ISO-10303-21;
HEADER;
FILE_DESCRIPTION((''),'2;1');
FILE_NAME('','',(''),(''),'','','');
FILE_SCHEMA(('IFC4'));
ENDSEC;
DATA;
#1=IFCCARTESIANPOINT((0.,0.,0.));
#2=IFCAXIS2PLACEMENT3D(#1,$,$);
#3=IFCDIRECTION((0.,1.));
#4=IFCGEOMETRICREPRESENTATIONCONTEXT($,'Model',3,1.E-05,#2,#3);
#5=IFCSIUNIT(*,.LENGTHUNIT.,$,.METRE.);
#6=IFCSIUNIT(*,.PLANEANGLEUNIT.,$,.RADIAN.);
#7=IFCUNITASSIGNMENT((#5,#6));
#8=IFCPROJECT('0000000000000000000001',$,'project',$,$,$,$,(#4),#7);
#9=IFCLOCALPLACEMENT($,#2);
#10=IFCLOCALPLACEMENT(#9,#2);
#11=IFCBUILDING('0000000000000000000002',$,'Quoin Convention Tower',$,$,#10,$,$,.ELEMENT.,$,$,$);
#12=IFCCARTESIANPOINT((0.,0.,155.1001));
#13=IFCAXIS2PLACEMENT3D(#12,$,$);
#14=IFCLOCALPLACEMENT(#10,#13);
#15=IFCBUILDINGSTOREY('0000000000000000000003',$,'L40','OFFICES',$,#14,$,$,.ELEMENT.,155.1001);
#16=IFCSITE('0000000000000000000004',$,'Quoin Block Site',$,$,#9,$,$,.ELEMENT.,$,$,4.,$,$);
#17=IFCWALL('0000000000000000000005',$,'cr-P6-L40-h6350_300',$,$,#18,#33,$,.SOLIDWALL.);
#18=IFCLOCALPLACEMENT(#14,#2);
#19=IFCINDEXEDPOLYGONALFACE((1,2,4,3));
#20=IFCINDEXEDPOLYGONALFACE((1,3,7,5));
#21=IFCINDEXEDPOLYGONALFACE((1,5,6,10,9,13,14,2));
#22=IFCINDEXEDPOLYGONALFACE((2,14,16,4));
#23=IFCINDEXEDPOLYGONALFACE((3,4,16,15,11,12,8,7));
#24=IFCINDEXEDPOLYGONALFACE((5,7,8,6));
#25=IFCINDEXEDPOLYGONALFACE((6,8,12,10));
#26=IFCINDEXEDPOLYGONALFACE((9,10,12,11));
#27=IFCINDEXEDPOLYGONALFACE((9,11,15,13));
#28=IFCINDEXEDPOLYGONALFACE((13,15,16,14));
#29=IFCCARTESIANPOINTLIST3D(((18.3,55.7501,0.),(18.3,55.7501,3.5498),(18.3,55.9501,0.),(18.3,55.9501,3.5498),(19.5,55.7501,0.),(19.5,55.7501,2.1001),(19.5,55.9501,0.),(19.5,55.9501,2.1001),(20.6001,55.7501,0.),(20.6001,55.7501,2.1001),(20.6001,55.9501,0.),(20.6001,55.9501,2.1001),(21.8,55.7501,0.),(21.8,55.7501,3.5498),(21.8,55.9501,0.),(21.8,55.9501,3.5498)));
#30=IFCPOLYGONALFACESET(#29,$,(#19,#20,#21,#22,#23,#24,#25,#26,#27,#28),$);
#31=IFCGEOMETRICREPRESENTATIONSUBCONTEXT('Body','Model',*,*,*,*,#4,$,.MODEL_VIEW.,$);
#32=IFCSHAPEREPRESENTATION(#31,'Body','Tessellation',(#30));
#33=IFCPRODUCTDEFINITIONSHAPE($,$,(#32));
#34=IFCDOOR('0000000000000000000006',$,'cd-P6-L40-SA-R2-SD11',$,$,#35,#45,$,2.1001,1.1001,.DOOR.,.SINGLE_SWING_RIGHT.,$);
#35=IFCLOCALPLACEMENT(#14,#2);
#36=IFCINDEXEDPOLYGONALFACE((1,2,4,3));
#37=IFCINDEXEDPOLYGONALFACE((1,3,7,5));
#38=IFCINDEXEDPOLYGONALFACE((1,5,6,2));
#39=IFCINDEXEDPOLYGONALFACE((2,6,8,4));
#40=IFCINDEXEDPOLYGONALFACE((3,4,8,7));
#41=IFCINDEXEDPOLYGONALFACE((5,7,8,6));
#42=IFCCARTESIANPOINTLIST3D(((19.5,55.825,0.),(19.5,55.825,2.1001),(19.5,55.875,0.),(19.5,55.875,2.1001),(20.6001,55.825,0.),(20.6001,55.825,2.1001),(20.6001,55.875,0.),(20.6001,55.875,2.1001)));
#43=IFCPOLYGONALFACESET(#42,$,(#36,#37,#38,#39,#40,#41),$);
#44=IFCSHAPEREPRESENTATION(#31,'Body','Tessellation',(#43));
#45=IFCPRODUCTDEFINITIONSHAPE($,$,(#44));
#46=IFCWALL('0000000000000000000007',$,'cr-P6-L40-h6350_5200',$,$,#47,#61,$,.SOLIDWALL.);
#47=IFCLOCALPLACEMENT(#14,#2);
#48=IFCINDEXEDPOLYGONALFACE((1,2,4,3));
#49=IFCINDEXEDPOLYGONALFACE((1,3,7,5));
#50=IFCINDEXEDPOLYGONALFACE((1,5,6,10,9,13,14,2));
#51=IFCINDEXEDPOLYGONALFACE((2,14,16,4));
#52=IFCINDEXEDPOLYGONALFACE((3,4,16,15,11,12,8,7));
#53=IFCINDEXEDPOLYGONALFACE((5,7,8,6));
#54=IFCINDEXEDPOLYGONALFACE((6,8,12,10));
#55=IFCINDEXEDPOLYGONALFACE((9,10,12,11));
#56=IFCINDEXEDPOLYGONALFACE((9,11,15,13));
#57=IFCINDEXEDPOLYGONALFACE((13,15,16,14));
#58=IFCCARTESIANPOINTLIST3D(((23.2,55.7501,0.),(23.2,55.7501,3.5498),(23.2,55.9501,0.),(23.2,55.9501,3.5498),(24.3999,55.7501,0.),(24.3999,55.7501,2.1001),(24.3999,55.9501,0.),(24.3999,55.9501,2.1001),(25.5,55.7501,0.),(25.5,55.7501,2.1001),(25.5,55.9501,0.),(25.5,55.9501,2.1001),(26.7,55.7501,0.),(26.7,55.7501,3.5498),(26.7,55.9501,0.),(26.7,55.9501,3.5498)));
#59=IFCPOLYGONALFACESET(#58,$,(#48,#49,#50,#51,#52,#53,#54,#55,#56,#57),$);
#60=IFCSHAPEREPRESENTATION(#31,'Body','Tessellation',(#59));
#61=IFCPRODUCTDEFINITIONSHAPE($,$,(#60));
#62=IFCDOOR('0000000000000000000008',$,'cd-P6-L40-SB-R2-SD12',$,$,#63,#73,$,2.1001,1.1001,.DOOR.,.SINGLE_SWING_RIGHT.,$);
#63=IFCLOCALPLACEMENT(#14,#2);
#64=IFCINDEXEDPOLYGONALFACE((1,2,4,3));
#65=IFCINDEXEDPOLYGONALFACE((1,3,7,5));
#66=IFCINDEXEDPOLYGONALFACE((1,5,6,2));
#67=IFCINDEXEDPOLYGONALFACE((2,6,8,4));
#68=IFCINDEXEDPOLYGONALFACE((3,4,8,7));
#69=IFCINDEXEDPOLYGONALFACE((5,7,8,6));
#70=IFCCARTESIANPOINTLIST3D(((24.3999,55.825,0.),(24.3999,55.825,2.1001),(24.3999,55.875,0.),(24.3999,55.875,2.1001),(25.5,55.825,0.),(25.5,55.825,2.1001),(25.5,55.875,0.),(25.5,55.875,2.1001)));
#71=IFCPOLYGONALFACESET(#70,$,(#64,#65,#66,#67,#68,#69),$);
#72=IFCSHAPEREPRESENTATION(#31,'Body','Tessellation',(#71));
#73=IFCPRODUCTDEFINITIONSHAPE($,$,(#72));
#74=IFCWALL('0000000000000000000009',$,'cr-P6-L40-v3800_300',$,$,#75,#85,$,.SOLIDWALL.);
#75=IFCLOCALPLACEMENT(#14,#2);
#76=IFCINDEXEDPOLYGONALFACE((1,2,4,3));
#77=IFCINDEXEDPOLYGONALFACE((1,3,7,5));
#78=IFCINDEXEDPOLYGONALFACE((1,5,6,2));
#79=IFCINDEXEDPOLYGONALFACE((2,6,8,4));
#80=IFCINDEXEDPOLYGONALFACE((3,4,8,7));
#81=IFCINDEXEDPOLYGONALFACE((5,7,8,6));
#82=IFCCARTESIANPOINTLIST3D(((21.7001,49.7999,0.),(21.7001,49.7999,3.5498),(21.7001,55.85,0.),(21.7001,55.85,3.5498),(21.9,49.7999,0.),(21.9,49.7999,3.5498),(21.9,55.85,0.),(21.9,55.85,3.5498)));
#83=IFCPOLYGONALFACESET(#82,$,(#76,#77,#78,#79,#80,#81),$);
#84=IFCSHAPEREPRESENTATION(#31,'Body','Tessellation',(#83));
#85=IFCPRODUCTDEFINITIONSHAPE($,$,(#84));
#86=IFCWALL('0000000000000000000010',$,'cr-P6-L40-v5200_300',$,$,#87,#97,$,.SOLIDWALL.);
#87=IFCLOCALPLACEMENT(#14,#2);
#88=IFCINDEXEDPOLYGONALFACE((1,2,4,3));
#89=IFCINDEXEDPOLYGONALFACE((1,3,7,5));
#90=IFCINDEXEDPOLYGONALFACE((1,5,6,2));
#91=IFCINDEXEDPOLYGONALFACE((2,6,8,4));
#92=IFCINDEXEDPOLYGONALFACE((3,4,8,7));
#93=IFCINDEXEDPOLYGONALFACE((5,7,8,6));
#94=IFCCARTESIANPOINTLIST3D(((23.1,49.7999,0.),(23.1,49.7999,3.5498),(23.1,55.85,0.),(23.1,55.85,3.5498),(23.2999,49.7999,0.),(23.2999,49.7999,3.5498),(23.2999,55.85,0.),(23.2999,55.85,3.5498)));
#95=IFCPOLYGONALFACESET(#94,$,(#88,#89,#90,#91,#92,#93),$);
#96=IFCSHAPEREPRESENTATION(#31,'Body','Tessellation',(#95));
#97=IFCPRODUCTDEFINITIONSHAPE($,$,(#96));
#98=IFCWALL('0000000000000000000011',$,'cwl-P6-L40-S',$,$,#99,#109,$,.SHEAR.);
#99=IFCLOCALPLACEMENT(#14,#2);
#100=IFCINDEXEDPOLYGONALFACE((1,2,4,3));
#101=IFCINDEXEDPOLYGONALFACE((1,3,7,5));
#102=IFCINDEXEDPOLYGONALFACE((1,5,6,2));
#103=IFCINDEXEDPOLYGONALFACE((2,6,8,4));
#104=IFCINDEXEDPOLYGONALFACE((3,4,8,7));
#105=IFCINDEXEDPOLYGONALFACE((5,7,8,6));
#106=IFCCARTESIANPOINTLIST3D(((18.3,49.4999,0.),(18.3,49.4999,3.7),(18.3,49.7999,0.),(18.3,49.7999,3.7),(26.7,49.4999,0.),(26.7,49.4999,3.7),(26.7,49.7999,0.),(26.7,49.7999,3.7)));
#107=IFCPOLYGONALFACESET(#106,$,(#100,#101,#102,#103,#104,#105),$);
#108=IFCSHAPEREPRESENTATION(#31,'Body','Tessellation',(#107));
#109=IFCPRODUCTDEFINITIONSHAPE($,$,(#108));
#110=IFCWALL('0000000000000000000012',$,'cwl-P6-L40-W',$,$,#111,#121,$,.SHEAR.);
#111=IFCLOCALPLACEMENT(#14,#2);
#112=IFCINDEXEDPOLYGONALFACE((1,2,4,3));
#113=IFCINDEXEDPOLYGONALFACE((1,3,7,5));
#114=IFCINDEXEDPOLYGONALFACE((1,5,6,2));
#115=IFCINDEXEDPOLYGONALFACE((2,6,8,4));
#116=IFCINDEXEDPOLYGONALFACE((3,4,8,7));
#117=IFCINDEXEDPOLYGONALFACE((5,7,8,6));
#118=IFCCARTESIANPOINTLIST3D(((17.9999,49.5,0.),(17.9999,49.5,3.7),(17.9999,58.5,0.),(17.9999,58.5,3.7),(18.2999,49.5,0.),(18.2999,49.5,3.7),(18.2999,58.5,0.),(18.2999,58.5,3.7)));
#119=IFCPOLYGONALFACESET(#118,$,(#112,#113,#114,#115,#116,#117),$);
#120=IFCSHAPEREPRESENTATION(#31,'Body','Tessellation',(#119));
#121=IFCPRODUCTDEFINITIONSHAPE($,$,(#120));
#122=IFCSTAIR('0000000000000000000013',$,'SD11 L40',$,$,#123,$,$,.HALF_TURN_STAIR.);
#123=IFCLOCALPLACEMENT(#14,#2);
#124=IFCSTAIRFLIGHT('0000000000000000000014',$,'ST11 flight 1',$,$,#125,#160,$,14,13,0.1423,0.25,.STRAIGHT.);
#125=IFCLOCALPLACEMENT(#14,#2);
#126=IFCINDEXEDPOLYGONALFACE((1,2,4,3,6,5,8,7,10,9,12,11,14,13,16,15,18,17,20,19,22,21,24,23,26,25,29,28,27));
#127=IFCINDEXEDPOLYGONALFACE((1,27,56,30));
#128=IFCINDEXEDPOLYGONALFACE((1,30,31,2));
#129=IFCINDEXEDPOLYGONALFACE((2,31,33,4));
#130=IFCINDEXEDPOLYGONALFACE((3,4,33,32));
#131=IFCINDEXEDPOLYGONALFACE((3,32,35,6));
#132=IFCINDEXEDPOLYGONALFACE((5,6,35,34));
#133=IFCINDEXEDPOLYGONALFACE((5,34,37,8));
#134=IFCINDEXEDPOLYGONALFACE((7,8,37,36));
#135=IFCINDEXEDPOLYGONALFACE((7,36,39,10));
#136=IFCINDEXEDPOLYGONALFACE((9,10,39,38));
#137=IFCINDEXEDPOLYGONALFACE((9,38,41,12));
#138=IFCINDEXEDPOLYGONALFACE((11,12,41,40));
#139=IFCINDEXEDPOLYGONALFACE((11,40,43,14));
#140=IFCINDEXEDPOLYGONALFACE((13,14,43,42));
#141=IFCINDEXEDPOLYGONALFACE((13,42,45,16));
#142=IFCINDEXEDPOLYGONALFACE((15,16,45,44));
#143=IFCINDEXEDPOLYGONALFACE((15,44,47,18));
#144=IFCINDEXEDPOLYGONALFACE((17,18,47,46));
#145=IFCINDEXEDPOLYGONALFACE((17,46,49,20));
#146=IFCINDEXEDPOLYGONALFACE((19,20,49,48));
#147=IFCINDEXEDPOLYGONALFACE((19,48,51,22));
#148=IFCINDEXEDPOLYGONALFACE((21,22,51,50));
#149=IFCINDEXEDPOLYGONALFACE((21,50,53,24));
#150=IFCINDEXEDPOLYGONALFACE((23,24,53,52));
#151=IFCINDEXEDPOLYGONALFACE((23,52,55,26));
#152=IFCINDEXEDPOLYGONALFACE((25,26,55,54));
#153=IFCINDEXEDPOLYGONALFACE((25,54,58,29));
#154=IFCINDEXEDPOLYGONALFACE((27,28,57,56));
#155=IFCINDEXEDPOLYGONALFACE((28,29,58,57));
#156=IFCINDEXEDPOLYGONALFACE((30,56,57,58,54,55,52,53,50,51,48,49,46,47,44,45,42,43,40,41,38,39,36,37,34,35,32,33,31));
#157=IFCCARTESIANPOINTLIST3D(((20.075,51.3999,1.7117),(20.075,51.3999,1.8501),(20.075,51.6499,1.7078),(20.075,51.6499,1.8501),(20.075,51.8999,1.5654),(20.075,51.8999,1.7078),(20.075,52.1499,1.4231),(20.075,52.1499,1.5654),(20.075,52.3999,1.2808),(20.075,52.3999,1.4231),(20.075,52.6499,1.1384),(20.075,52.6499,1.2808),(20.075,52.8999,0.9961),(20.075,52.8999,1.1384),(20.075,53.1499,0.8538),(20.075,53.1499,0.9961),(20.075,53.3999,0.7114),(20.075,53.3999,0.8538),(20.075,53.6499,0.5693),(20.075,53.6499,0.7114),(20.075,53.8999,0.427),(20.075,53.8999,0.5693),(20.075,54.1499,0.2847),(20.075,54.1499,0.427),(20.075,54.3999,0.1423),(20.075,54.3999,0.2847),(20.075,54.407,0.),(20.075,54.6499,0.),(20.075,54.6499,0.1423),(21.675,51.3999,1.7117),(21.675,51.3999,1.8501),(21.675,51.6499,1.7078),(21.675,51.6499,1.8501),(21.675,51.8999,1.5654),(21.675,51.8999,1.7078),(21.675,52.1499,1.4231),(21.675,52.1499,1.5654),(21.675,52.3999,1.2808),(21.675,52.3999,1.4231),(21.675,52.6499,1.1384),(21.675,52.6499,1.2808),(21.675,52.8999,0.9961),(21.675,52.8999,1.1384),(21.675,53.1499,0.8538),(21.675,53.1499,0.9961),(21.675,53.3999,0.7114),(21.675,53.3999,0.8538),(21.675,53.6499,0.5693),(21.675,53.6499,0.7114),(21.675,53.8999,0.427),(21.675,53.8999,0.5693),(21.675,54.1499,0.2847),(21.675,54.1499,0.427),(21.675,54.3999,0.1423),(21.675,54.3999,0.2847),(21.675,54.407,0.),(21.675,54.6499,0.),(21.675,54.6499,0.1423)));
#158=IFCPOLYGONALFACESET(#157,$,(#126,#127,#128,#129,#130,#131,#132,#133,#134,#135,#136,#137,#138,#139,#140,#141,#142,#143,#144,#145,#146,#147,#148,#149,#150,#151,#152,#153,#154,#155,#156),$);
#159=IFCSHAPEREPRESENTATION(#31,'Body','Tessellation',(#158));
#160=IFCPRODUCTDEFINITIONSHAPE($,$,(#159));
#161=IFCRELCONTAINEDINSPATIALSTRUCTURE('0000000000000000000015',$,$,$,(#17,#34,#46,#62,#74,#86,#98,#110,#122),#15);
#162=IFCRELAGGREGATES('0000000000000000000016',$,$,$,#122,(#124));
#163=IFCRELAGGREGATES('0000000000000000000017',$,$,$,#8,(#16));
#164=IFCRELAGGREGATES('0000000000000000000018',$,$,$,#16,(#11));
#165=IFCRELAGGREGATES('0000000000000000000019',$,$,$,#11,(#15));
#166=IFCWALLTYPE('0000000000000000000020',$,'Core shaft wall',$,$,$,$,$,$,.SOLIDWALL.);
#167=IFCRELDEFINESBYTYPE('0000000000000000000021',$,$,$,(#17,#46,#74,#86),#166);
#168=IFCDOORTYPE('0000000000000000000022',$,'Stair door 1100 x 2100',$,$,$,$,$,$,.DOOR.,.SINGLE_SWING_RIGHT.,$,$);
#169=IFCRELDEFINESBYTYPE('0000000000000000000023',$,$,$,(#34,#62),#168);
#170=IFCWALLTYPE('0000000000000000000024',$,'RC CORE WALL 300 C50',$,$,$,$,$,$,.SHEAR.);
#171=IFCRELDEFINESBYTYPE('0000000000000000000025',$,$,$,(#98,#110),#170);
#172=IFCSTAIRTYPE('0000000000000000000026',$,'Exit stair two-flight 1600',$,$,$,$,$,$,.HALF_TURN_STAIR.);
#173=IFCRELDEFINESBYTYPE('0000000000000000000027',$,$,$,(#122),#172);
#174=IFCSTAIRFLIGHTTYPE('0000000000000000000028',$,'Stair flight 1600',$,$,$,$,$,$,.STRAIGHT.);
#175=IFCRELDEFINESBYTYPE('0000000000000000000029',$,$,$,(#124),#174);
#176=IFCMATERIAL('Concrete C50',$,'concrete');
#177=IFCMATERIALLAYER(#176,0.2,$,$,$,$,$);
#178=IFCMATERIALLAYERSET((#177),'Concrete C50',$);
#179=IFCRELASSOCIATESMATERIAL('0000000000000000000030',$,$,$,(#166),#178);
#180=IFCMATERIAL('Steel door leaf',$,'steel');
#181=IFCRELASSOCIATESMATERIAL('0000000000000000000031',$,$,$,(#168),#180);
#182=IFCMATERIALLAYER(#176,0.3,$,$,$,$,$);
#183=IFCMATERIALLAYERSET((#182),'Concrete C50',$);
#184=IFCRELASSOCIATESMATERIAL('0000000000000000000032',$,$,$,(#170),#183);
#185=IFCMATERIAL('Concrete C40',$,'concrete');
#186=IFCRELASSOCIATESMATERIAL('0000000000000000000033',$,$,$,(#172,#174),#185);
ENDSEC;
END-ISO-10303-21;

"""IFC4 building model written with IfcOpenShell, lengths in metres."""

from ifc_helpers import new_model, si_unit, direction, frame, frame_2d, origin, place, context, subcontext, project, spatial, polyline, rectangle, outline, extrude, material, layer, layer_set, type_object, element, fill, aggregate, save


model = new_model("IFC4")

# Units and contexts
model_context = context("Model", 3, precision=1e-05, world=origin(), true_north=direction((0.0, 1.0)))
body_context = subcontext(model_context, "Body", "Model", "MODEL_VIEW")
ifc_project = project(units=[si_unit("LENGTHUNIT", "METRE"), si_unit("PLANEANGLEUNIT", "RADIAN")], contexts=[model_context])

# Site, building, storey
site_placement = place(None, origin())
site = spatial("IfcSite", under=ifc_project, at=site_placement, Name="Quoin Block Site", CompositionType="ELEMENT", RefElevation=4.0)
building_placement = place(site_placement, origin())
building = spatial("IfcBuilding", under=site, at=building_placement, Name="Quoin Convention Tower", CompositionType="ELEMENT")
storey_placement = place(building_placement, frame((0.0, 0.0, 155.1001)))
storey = spatial("IfcBuildingStorey", under=building, at=storey_placement, Name="L40", Description="OFFICES", CompositionType="ELEMENT", Elevation=155.1001)

# Shared definitions
ifc_material_1 = material(Name="Concrete C50", Category="concrete")

# Shared definitions
ifc_layer_1 = layer(ifc_material_1, 0.2)
ifc_layer_set_1 = layer_set([ifc_layer_1], Name="Concrete C50")
wall_type_1 = type_object("IfcWallType", Name="Core shaft wall", PredefinedType="SOLIDWALL", material=ifc_layer_set_1)

# Walls, openings, doors
wall_1_placement = place(storey_placement, frame((18.3, 55.8501, 0.0), z_axis=(0.0, 0.0, 1.0), x_axis=(1.0, 0.0, 0.0)))
wall_1 = element("IfcWall", 1, at=wall_1_placement, inside=storey, type_object=wall_type_1, Name="cr-P6-L40-h6350_300", PredefinedType="SOLIDWALL", context=body_context, shape_type="SweptSolid", body=[
    extrude(rectangle(XDim=3.5, YDim=0.2, at=frame_2d((1.75, 0.0))), origin(), (0.0, 0.0, 1.0), 3.5498),
])
opening_1_placement = place(wall_1_placement, frame((1.2, 0.0, 0.0)))
opening_1 = element("IfcOpeningElement", 2, at=opening_1_placement, cuts=wall_1, PredefinedType="OPENING", context=body_context, shape_type="SweptSolid", body=[
    extrude(rectangle(XDim=1.1001, YDim=2.1001, at=frame_2d((0.55, 1.05))), frame((0.0, 0.1099, 0.0), z_axis=(0.0, -1.0, 0.0), x_axis=(1.0, 0.0, 0.0)), (0.0, 0.0, 1.0), 0.22),
])
ifc_material_2 = material(Name="Steel door leaf", Category="steel")
door_type = type_object("IfcDoorType", Name="Stair door 1100 x 2100", OperationType="SINGLE_SWING_RIGHT", PredefinedType="DOOR", material=ifc_material_2)
door_1_placement = place(opening_1_placement, origin())
door_1 = element("IfcDoor", 3, at=door_1_placement, inside=storey, type_object=door_type, Name="cd-P6-L40-SA-R2-SD11", OperationType="SINGLE_SWING_RIGHT", OverallHeight=2.1001, OverallWidth=1.1001, PredefinedType="DOOR", context=body_context, shape_type="SweptSolid", body=[
    extrude(rectangle(XDim=1.1001, YDim=2.1001, at=frame_2d((0.55, 1.05))), frame((0.0, 0.0249, 0.0), z_axis=(0.0, -1.0, 0.0), x_axis=(1.0, 0.0, 0.0)), (0.0, 0.0, 1.0), 0.05),
])
fill(opening_1, door_1)
wall_2_placement = place(storey_placement, frame((23.2, 55.8501, 0.0), z_axis=(0.0, 0.0, 1.0), x_axis=(1.0, 0.0, 0.0)))
wall_2 = element("IfcWall", 4, at=wall_2_placement, inside=storey, type_object=wall_type_1, Name="cr-P6-L40-h6350_5200", PredefinedType="SOLIDWALL", context=body_context, shape_type="SweptSolid", body=[
    extrude(rectangle(XDim=3.5, YDim=0.2, at=frame_2d((1.75, 0.0))), origin(), (0.0, 0.0, 1.0), 3.5498),
])
opening_2_placement = place(wall_2_placement, frame((1.2, 0.0, 0.0)))
opening_2 = element("IfcOpeningElement", 5, at=opening_2_placement, cuts=wall_2, PredefinedType="OPENING", context=body_context, shape_type="SweptSolid", body=[
    extrude(rectangle(XDim=1.1001, YDim=2.1001, at=frame_2d((0.55, 1.05))), frame((0.0, 0.1099, 0.0), z_axis=(0.0, -1.0, 0.0), x_axis=(1.0, 0.0, 0.0)), (0.0, 0.0, 1.0), 0.22),
])
door_2_placement = place(opening_2_placement, origin())
door_2 = element("IfcDoor", 6, at=door_2_placement, inside=storey, type_object=door_type, Name="cd-P6-L40-SB-R2-SD12", OperationType="SINGLE_SWING_RIGHT", OverallHeight=2.1001, OverallWidth=1.1001, PredefinedType="DOOR", context=body_context, shape_type="SweptSolid", body=[
    extrude(rectangle(XDim=1.1001, YDim=2.1001, at=frame_2d((0.55, 1.05))), frame((0.0, 0.0249, 0.0), z_axis=(0.0, -1.0, 0.0), x_axis=(1.0, 0.0, 0.0)), (0.0, 0.0, 1.0), 0.05),
])
fill(opening_2, door_2)

# Walls
for number, where, z_axis, x_axis, name in (
    (7, (21.8, 49.8, 0.0), (0.0, 0.0, 1.0), (0.0, 1.0, 0.0), "cr-P6-L40-v3800_300"),
    (8, (23.2, 49.8, 0.0), (0.0, 0.0, 1.0), (0.0, 1.0, 0.0), "cr-P6-L40-v5200_300"),
):
    element("IfcWall", number, at=place(storey_placement, frame(where, z_axis=z_axis, x_axis=x_axis)), inside=storey, type_object=wall_type_1, Name=name, PredefinedType="SOLIDWALL", context=body_context, shape_type="SweptSolid", body=[
        extrude(rectangle(XDim=6.05, YDim=0.2, at=frame_2d((3.0249, 0.0))), origin(), (0.0, 0.0, 1.0), 3.5498),
    ])
ifc_layer_2 = layer(ifc_material_1, 0.3)
ifc_layer_set_2 = layer_set([ifc_layer_2], Name="Concrete C50")
wall_type_2 = type_object("IfcWallType", Name="RC CORE WALL 300 C50", PredefinedType="SHEAR", material=ifc_layer_set_2)
wall_3_placement = place(storey_placement, frame((18.3, 49.6499, 0.0), z_axis=(0.0, 0.0, 1.0), x_axis=(1.0, 0.0, 0.0)))
element("IfcWall", 9, at=wall_3_placement, inside=storey, type_object=wall_type_2, Name="cwl-P6-L40-S", PredefinedType="SHEAR", context=body_context, shape_type="SweptSolid", body=[
    extrude(rectangle(XDim=8.3999, YDim=0.3, at=frame_2d((4.2, 0.0))), origin(), (0.0, 0.0, 1.0), 3.7),
])
wall_4_placement = place(storey_placement, frame((18.1499, 49.5, 0.0), z_axis=(0.0, 0.0, 1.0), x_axis=(0.0, 1.0, 0.0)))
element("IfcWall", 10, at=wall_4_placement, inside=storey, type_object=wall_type_2, Name="cwl-P6-L40-W", PredefinedType="SHEAR", context=body_context, shape_type="SweptSolid", body=[
    extrude(rectangle(XDim=9.0, YDim=0.3, at=frame_2d((4.5, 0.0))), origin(), (0.0, 0.0, 1.0), 3.7),
])

# Stair, stair flight
ifc_material_3 = material(Name="Concrete C40", Category="concrete")
stair_type = type_object("IfcStairType", Name="Exit stair two-flight 1600", PredefinedType="HALF_TURN_STAIR", material=ifc_material_3)
stair_1_placement = place(storey_placement, origin())
stair_1 = element("IfcStair", 11, at=stair_1_placement, inside=storey, type_object=stair_type, Name="SD11 L40", PredefinedType="HALF_TURN_STAIR")
stair_flight_type = type_object("IfcStairFlightType", Name="Stair flight 1600", PredefinedType="STRAIGHT", material=ifc_material_3)
stair_flight_1_placement = place(storey_placement, frame((20.875, 54.6499, 0.0), z_axis=(0.0, 0.0, 1.0), x_axis=(0.0, -1.0, 0.0)))
stair_flight_1 = element("IfcStairFlight", 12, at=stair_flight_1_placement, type_object=stair_flight_type, Name="ST11 flight 1", NumberOfRisers=14, NumberOfTreads=13, PredefinedType="STRAIGHT", RiserHeight=0.1423, TreadLength=0.25, context=body_context, shape_type="SweptSolid", body=[
    extrude(outline(polyline([(0.0, 0.0), (0.0, 0.1423), (0.25, 0.1423), (0.25, 0.2847), (0.5, 0.2847), (0.5, 0.427), (0.75, 0.427), (0.75, 0.5693), (1.0, 0.5693), (1.0, 0.7114), (1.25, 0.7114), (1.25, 0.8538), (1.5, 0.8538), (1.5, 0.9961), (1.75, 0.9961), (1.75, 1.1384), (2.0, 1.1384), (2.0, 1.2808), (2.25, 1.2808), (2.25, 1.4231), (2.5, 1.4231), (2.5, 1.5654), (2.75, 1.5654), (2.75, 1.7078), (3.0, 1.7078), (3.0, 1.8501), (3.25, 1.8501), (3.25, 1.9922), (3.25, 1.7117), (0.2429, 0.0), (0.0, 0.0)])), frame((0.0, 0.8, 0.0), z_axis=(0.0, -1.0, 0.0), x_axis=(1.0, 0.0, 0.0)), (0.0, 0.0, 1.0), 1.6001),
])
aggregate(stair_1, [stair_flight_1])

save(model, "model.ifc")
